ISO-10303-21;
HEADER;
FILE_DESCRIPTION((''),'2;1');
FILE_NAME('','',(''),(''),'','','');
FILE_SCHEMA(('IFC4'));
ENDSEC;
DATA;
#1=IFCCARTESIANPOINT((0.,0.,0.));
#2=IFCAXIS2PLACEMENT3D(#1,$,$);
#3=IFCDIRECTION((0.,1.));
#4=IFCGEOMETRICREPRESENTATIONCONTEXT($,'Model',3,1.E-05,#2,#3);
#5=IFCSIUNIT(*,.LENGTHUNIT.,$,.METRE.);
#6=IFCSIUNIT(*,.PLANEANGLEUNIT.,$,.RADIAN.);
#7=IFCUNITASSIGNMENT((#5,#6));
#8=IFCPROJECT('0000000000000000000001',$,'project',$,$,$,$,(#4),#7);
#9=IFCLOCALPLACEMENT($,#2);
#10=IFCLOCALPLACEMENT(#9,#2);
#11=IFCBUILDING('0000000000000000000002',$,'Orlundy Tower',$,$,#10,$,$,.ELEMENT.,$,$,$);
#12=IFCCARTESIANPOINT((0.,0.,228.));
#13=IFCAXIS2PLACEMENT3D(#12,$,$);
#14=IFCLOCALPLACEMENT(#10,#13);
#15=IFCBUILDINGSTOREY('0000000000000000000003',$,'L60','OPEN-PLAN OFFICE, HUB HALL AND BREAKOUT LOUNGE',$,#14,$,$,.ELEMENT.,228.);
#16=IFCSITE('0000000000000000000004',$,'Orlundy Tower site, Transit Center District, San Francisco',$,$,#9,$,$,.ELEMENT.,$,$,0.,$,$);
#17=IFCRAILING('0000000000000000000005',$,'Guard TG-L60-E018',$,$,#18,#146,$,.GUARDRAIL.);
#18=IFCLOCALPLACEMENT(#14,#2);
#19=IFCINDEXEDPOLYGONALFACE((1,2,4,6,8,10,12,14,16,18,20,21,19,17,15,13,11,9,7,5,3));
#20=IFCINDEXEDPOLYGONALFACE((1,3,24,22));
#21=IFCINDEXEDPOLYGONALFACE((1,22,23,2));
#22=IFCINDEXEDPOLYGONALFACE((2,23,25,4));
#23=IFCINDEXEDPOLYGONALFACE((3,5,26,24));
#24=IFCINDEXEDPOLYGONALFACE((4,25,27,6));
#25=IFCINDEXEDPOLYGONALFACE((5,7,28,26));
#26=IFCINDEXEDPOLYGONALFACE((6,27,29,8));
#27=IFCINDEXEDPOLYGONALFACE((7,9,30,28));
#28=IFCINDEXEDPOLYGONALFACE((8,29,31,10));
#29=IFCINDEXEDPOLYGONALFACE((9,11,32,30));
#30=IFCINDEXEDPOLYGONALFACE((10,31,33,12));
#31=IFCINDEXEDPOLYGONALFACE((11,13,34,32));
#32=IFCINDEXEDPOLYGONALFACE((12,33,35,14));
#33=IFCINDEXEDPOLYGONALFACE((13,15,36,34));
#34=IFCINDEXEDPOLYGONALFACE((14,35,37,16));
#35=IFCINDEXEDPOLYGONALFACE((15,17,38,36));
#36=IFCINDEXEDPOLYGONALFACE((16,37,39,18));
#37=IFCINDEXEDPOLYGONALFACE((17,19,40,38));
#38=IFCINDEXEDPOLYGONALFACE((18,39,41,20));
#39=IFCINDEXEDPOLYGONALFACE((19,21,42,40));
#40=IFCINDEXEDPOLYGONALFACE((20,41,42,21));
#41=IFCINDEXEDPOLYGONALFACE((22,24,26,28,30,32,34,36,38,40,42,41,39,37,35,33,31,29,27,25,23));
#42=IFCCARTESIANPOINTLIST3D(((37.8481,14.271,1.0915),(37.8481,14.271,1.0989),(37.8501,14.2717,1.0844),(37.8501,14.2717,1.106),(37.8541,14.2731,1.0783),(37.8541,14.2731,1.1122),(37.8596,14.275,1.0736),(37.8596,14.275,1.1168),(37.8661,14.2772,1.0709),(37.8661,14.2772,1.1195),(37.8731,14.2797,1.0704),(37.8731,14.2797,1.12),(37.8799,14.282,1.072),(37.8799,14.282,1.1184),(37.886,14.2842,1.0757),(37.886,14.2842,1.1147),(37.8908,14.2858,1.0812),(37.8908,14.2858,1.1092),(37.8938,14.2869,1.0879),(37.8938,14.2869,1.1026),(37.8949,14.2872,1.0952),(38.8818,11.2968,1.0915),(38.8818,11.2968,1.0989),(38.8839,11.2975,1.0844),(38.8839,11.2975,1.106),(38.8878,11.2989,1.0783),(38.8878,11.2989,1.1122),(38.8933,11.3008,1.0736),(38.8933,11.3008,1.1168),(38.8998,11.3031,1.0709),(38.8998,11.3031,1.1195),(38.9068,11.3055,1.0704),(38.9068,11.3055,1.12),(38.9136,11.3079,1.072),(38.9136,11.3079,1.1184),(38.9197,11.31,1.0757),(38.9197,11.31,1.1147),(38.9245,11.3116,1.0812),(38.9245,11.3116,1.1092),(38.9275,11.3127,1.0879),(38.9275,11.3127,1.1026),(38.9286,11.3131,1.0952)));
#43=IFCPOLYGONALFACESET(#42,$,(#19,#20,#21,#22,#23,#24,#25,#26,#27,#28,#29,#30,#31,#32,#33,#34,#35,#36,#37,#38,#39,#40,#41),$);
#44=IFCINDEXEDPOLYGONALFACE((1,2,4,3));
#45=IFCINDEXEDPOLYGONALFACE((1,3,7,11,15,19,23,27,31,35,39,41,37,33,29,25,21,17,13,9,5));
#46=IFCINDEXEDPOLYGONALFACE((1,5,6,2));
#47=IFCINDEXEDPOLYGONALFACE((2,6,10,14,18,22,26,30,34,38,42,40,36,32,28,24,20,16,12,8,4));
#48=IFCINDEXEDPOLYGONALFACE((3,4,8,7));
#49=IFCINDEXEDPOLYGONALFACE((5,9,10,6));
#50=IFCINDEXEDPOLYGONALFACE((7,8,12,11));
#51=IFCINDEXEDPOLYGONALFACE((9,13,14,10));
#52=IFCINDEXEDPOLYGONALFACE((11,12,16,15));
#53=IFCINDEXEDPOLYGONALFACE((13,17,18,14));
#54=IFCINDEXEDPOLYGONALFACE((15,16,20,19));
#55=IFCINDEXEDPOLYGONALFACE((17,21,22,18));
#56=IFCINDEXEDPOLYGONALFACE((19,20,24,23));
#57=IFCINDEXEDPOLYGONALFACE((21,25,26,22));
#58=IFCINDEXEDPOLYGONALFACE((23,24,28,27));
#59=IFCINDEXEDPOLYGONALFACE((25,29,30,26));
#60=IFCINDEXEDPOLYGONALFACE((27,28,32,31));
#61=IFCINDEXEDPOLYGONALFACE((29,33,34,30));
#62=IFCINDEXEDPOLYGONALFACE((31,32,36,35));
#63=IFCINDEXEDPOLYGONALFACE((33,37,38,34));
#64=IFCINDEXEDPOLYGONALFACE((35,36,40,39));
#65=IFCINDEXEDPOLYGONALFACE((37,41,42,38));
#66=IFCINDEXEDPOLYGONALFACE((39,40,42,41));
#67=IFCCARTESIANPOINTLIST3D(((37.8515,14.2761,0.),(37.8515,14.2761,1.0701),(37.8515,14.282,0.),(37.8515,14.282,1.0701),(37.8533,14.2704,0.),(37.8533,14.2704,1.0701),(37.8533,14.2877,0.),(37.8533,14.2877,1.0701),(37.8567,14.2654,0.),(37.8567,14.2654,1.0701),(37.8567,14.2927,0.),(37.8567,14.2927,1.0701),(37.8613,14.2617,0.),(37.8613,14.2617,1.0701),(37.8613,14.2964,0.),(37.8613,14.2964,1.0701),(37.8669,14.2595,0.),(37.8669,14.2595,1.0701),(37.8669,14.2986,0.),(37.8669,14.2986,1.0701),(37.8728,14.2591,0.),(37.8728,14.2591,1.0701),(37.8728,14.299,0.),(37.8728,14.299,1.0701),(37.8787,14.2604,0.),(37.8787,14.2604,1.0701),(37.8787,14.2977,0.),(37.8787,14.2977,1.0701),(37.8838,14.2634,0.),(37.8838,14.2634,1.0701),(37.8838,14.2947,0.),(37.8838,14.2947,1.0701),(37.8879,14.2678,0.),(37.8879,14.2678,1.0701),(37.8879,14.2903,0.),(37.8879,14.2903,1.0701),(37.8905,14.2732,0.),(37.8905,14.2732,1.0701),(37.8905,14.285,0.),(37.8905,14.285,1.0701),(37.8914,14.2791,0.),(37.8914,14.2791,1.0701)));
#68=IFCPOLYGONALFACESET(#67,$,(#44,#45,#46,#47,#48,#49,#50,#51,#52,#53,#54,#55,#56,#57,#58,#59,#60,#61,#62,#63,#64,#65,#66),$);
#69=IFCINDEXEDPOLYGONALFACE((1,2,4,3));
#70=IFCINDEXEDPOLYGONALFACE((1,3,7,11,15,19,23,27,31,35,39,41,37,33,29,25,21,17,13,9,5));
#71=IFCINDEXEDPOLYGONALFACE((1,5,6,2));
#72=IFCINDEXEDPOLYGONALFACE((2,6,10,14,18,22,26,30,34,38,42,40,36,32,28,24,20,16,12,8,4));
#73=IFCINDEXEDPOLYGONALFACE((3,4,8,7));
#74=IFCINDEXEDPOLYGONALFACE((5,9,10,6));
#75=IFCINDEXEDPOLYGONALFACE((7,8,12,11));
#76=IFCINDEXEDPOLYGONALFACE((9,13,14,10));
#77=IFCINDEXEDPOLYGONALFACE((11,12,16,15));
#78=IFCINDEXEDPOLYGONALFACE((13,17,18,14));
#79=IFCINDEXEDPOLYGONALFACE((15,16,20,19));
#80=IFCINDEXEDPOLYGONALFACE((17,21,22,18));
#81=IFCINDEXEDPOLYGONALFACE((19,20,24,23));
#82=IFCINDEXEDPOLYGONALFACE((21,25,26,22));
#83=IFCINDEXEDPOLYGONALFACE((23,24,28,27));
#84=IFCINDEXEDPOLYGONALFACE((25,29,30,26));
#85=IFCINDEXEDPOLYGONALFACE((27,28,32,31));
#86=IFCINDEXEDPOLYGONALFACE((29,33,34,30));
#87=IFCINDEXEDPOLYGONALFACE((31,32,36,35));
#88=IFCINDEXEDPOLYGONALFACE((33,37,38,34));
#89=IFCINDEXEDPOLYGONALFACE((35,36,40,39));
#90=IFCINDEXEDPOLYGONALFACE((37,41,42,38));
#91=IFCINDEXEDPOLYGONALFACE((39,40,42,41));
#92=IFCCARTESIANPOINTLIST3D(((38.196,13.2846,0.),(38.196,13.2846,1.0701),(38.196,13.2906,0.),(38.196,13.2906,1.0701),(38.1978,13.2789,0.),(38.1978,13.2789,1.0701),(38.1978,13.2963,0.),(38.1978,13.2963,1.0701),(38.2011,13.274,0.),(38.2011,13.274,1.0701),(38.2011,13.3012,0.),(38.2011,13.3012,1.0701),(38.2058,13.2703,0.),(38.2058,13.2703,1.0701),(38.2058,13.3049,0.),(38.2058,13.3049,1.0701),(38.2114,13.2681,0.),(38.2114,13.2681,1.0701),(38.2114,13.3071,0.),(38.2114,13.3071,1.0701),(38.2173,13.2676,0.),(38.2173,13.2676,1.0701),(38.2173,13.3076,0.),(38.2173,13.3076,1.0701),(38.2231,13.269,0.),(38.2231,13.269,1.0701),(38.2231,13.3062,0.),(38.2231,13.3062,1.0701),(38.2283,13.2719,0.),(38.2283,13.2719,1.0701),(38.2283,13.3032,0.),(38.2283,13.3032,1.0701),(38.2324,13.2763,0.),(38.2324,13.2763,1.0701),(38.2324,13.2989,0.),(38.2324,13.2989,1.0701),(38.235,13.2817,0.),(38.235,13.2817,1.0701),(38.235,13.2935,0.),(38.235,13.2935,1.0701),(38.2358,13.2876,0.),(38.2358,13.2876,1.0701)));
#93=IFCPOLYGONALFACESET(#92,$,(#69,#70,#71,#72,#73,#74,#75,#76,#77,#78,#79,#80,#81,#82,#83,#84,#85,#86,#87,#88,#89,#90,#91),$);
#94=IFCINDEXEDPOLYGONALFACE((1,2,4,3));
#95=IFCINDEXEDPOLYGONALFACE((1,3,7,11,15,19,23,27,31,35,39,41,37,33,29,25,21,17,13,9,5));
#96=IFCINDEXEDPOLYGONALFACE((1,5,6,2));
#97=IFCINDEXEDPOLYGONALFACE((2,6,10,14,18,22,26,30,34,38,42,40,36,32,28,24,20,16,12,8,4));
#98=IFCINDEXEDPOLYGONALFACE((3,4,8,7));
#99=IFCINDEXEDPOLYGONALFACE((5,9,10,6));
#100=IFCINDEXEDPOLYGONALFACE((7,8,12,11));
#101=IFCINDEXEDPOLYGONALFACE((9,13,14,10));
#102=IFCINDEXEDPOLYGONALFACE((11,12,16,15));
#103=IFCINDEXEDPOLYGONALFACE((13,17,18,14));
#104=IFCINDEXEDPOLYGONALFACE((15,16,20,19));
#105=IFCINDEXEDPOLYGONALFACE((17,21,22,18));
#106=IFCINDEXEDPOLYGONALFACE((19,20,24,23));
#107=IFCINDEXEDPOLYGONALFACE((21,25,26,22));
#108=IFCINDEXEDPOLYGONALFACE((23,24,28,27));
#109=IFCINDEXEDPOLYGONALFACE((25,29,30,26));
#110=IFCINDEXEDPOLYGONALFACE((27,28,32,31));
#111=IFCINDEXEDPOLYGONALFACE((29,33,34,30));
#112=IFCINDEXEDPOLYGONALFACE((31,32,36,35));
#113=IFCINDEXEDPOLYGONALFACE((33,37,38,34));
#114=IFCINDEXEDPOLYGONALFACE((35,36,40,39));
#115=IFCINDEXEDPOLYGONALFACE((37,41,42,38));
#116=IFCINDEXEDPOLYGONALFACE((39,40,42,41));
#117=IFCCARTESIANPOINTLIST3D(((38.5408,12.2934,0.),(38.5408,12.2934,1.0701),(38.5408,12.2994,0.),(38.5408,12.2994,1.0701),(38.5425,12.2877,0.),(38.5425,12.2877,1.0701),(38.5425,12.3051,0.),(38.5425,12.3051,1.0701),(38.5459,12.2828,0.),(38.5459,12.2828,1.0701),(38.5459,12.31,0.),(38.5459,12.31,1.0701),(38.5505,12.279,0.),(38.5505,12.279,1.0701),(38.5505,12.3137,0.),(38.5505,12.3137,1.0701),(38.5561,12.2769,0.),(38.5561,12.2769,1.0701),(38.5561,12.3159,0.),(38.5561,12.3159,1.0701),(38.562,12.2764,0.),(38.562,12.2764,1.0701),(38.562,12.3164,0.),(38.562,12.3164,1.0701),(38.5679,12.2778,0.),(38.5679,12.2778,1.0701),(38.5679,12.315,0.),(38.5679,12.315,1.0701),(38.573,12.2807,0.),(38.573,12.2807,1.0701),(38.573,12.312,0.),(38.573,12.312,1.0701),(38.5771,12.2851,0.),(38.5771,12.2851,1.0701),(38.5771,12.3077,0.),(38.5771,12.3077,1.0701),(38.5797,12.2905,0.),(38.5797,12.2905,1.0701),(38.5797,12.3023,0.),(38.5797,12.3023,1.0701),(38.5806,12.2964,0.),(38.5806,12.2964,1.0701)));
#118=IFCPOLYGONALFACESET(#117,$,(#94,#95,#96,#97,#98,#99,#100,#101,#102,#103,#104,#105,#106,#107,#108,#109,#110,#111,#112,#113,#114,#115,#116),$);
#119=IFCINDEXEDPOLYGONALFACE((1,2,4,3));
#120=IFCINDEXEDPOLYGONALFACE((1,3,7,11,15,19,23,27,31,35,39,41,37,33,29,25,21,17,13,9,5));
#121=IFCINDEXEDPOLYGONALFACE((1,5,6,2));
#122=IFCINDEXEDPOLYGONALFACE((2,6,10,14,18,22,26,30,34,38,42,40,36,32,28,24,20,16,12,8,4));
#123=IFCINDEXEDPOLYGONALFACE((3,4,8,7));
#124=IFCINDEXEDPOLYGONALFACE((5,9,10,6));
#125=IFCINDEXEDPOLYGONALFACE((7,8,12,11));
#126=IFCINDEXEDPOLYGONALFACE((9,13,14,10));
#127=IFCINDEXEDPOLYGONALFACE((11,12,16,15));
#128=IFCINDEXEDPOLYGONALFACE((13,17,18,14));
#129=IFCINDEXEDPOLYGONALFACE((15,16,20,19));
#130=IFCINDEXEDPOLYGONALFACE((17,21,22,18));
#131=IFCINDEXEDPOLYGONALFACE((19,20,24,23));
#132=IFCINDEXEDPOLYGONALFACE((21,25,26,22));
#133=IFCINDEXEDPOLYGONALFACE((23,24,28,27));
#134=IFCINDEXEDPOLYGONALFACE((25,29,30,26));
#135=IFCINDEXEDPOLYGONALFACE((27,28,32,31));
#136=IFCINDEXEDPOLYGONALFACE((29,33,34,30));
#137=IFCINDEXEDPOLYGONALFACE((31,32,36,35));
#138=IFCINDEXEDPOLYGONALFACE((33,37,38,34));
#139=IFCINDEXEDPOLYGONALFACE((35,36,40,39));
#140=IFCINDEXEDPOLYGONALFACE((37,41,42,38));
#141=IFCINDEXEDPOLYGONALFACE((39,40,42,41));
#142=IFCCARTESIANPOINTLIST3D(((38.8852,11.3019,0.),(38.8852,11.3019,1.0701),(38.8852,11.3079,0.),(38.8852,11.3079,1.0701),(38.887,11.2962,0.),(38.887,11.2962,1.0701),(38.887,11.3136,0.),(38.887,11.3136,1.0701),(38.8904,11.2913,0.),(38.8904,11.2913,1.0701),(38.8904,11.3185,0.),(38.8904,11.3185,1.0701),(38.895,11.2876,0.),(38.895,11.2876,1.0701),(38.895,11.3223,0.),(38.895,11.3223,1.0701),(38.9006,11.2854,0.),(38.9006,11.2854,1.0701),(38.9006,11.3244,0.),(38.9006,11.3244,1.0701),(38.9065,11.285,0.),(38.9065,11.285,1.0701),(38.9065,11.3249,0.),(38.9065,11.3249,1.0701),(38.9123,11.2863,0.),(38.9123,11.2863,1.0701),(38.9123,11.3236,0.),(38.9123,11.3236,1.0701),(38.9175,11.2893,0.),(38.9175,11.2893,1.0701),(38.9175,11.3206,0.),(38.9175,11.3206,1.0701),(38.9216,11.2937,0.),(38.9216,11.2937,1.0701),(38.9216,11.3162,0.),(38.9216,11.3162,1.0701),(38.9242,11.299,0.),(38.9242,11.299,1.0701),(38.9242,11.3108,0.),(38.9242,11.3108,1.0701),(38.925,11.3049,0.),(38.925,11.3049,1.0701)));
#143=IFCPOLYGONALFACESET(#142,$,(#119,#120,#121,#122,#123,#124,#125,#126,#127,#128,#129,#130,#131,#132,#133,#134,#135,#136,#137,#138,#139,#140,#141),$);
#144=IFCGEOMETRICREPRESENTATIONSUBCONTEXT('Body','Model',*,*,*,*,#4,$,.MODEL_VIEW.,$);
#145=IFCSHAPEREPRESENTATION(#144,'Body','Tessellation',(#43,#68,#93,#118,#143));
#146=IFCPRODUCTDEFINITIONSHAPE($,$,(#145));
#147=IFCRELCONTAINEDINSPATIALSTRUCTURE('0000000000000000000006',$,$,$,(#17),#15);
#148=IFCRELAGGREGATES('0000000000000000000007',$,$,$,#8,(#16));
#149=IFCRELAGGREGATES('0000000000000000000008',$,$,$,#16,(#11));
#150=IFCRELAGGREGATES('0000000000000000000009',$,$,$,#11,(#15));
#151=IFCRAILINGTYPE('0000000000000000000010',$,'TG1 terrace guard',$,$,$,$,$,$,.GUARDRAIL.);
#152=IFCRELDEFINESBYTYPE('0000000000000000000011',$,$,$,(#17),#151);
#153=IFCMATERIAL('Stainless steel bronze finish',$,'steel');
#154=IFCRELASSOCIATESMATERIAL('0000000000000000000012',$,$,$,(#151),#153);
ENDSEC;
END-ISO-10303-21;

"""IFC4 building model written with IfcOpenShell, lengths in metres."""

from ifc_helpers import new_model, si_unit, direction, frame, origin, origin_2d, place, context, subcontext, project, spatial, circle, extrude, material, type_object, element, save


model = new_model("IFC4")

# Units and contexts
model_context = context("Model", 3, precision=1e-05, world=origin(), true_north=direction((0.0, 1.0)))
body_context = subcontext(model_context, "Body", "Model", "MODEL_VIEW")
ifc_project = project(units=[si_unit("LENGTHUNIT", "METRE"), si_unit("PLANEANGLEUNIT", "RADIAN")], contexts=[model_context])

# Site, building, storey
site_placement = place(None, origin())
site = spatial("IfcSite", under=ifc_project, at=site_placement, Name="Orlundy Tower site, Transit Center District, San Francisco", CompositionType="ELEMENT", RefElevation=0.0)
building_placement = place(site_placement, origin())
building = spatial("IfcBuilding", under=site, at=building_placement, Name="Orlundy Tower", CompositionType="ELEMENT")
storey_placement = place(building_placement, frame((0.0, 0.0, 228.0)))
storey = spatial("IfcBuildingStorey", under=building, at=storey_placement, Name="L60", Description="OPEN-PLAN OFFICE, HUB HALL AND BREAKOUT LOUNGE", CompositionType="ELEMENT", Elevation=228.0)

# Railing
ifc_material_1 = material(Name="Stainless steel bronze finish", Category="steel")
railing_type = type_object("IfcRailingType", Name="TG1 terrace guard", PredefinedType="GUARDRAIL", material=ifc_material_1)
railing_1_placement = place(storey_placement, frame((37.8713, 14.2791, 0.0)))
element("IfcRailing", 1, at=railing_1_placement, inside=storey, type_object=railing_type, Name="Guard TG-L60-E018", PredefinedType="GUARDRAIL", context=body_context, shape_type="SweptSolid", body=[
    extrude(circle(Radius=0.0249, at=origin_2d()), frame((0.0, 0.0, 1.0952), z_axis=(0.328298, -0.944574, 0.0), x_axis=(0.944574, 0.328298, 0.0)), (0.0, 0.0, 1.0), 3.1487),
    extrude(circle(Radius=0.02, at=origin_2d()), origin(), (0.0, 0.0, 1.0), 1.0701),
    extrude(circle(Radius=0.02, at=origin_2d()), frame((0.3445, -0.9915, 0.0)), (0.0, 0.0, 1.0), 1.0701),
    extrude(circle(Radius=0.02, at=origin_2d()), frame((0.6892, -1.9827, 0.0)), (0.0, 0.0, 1.0), 1.0701),
    extrude(circle(Radius=0.02, at=origin_2d()), frame((1.0337, -2.9741, 0.0)), (0.0, 0.0, 1.0), 1.0701),
])

save(model, "model.ifc")
